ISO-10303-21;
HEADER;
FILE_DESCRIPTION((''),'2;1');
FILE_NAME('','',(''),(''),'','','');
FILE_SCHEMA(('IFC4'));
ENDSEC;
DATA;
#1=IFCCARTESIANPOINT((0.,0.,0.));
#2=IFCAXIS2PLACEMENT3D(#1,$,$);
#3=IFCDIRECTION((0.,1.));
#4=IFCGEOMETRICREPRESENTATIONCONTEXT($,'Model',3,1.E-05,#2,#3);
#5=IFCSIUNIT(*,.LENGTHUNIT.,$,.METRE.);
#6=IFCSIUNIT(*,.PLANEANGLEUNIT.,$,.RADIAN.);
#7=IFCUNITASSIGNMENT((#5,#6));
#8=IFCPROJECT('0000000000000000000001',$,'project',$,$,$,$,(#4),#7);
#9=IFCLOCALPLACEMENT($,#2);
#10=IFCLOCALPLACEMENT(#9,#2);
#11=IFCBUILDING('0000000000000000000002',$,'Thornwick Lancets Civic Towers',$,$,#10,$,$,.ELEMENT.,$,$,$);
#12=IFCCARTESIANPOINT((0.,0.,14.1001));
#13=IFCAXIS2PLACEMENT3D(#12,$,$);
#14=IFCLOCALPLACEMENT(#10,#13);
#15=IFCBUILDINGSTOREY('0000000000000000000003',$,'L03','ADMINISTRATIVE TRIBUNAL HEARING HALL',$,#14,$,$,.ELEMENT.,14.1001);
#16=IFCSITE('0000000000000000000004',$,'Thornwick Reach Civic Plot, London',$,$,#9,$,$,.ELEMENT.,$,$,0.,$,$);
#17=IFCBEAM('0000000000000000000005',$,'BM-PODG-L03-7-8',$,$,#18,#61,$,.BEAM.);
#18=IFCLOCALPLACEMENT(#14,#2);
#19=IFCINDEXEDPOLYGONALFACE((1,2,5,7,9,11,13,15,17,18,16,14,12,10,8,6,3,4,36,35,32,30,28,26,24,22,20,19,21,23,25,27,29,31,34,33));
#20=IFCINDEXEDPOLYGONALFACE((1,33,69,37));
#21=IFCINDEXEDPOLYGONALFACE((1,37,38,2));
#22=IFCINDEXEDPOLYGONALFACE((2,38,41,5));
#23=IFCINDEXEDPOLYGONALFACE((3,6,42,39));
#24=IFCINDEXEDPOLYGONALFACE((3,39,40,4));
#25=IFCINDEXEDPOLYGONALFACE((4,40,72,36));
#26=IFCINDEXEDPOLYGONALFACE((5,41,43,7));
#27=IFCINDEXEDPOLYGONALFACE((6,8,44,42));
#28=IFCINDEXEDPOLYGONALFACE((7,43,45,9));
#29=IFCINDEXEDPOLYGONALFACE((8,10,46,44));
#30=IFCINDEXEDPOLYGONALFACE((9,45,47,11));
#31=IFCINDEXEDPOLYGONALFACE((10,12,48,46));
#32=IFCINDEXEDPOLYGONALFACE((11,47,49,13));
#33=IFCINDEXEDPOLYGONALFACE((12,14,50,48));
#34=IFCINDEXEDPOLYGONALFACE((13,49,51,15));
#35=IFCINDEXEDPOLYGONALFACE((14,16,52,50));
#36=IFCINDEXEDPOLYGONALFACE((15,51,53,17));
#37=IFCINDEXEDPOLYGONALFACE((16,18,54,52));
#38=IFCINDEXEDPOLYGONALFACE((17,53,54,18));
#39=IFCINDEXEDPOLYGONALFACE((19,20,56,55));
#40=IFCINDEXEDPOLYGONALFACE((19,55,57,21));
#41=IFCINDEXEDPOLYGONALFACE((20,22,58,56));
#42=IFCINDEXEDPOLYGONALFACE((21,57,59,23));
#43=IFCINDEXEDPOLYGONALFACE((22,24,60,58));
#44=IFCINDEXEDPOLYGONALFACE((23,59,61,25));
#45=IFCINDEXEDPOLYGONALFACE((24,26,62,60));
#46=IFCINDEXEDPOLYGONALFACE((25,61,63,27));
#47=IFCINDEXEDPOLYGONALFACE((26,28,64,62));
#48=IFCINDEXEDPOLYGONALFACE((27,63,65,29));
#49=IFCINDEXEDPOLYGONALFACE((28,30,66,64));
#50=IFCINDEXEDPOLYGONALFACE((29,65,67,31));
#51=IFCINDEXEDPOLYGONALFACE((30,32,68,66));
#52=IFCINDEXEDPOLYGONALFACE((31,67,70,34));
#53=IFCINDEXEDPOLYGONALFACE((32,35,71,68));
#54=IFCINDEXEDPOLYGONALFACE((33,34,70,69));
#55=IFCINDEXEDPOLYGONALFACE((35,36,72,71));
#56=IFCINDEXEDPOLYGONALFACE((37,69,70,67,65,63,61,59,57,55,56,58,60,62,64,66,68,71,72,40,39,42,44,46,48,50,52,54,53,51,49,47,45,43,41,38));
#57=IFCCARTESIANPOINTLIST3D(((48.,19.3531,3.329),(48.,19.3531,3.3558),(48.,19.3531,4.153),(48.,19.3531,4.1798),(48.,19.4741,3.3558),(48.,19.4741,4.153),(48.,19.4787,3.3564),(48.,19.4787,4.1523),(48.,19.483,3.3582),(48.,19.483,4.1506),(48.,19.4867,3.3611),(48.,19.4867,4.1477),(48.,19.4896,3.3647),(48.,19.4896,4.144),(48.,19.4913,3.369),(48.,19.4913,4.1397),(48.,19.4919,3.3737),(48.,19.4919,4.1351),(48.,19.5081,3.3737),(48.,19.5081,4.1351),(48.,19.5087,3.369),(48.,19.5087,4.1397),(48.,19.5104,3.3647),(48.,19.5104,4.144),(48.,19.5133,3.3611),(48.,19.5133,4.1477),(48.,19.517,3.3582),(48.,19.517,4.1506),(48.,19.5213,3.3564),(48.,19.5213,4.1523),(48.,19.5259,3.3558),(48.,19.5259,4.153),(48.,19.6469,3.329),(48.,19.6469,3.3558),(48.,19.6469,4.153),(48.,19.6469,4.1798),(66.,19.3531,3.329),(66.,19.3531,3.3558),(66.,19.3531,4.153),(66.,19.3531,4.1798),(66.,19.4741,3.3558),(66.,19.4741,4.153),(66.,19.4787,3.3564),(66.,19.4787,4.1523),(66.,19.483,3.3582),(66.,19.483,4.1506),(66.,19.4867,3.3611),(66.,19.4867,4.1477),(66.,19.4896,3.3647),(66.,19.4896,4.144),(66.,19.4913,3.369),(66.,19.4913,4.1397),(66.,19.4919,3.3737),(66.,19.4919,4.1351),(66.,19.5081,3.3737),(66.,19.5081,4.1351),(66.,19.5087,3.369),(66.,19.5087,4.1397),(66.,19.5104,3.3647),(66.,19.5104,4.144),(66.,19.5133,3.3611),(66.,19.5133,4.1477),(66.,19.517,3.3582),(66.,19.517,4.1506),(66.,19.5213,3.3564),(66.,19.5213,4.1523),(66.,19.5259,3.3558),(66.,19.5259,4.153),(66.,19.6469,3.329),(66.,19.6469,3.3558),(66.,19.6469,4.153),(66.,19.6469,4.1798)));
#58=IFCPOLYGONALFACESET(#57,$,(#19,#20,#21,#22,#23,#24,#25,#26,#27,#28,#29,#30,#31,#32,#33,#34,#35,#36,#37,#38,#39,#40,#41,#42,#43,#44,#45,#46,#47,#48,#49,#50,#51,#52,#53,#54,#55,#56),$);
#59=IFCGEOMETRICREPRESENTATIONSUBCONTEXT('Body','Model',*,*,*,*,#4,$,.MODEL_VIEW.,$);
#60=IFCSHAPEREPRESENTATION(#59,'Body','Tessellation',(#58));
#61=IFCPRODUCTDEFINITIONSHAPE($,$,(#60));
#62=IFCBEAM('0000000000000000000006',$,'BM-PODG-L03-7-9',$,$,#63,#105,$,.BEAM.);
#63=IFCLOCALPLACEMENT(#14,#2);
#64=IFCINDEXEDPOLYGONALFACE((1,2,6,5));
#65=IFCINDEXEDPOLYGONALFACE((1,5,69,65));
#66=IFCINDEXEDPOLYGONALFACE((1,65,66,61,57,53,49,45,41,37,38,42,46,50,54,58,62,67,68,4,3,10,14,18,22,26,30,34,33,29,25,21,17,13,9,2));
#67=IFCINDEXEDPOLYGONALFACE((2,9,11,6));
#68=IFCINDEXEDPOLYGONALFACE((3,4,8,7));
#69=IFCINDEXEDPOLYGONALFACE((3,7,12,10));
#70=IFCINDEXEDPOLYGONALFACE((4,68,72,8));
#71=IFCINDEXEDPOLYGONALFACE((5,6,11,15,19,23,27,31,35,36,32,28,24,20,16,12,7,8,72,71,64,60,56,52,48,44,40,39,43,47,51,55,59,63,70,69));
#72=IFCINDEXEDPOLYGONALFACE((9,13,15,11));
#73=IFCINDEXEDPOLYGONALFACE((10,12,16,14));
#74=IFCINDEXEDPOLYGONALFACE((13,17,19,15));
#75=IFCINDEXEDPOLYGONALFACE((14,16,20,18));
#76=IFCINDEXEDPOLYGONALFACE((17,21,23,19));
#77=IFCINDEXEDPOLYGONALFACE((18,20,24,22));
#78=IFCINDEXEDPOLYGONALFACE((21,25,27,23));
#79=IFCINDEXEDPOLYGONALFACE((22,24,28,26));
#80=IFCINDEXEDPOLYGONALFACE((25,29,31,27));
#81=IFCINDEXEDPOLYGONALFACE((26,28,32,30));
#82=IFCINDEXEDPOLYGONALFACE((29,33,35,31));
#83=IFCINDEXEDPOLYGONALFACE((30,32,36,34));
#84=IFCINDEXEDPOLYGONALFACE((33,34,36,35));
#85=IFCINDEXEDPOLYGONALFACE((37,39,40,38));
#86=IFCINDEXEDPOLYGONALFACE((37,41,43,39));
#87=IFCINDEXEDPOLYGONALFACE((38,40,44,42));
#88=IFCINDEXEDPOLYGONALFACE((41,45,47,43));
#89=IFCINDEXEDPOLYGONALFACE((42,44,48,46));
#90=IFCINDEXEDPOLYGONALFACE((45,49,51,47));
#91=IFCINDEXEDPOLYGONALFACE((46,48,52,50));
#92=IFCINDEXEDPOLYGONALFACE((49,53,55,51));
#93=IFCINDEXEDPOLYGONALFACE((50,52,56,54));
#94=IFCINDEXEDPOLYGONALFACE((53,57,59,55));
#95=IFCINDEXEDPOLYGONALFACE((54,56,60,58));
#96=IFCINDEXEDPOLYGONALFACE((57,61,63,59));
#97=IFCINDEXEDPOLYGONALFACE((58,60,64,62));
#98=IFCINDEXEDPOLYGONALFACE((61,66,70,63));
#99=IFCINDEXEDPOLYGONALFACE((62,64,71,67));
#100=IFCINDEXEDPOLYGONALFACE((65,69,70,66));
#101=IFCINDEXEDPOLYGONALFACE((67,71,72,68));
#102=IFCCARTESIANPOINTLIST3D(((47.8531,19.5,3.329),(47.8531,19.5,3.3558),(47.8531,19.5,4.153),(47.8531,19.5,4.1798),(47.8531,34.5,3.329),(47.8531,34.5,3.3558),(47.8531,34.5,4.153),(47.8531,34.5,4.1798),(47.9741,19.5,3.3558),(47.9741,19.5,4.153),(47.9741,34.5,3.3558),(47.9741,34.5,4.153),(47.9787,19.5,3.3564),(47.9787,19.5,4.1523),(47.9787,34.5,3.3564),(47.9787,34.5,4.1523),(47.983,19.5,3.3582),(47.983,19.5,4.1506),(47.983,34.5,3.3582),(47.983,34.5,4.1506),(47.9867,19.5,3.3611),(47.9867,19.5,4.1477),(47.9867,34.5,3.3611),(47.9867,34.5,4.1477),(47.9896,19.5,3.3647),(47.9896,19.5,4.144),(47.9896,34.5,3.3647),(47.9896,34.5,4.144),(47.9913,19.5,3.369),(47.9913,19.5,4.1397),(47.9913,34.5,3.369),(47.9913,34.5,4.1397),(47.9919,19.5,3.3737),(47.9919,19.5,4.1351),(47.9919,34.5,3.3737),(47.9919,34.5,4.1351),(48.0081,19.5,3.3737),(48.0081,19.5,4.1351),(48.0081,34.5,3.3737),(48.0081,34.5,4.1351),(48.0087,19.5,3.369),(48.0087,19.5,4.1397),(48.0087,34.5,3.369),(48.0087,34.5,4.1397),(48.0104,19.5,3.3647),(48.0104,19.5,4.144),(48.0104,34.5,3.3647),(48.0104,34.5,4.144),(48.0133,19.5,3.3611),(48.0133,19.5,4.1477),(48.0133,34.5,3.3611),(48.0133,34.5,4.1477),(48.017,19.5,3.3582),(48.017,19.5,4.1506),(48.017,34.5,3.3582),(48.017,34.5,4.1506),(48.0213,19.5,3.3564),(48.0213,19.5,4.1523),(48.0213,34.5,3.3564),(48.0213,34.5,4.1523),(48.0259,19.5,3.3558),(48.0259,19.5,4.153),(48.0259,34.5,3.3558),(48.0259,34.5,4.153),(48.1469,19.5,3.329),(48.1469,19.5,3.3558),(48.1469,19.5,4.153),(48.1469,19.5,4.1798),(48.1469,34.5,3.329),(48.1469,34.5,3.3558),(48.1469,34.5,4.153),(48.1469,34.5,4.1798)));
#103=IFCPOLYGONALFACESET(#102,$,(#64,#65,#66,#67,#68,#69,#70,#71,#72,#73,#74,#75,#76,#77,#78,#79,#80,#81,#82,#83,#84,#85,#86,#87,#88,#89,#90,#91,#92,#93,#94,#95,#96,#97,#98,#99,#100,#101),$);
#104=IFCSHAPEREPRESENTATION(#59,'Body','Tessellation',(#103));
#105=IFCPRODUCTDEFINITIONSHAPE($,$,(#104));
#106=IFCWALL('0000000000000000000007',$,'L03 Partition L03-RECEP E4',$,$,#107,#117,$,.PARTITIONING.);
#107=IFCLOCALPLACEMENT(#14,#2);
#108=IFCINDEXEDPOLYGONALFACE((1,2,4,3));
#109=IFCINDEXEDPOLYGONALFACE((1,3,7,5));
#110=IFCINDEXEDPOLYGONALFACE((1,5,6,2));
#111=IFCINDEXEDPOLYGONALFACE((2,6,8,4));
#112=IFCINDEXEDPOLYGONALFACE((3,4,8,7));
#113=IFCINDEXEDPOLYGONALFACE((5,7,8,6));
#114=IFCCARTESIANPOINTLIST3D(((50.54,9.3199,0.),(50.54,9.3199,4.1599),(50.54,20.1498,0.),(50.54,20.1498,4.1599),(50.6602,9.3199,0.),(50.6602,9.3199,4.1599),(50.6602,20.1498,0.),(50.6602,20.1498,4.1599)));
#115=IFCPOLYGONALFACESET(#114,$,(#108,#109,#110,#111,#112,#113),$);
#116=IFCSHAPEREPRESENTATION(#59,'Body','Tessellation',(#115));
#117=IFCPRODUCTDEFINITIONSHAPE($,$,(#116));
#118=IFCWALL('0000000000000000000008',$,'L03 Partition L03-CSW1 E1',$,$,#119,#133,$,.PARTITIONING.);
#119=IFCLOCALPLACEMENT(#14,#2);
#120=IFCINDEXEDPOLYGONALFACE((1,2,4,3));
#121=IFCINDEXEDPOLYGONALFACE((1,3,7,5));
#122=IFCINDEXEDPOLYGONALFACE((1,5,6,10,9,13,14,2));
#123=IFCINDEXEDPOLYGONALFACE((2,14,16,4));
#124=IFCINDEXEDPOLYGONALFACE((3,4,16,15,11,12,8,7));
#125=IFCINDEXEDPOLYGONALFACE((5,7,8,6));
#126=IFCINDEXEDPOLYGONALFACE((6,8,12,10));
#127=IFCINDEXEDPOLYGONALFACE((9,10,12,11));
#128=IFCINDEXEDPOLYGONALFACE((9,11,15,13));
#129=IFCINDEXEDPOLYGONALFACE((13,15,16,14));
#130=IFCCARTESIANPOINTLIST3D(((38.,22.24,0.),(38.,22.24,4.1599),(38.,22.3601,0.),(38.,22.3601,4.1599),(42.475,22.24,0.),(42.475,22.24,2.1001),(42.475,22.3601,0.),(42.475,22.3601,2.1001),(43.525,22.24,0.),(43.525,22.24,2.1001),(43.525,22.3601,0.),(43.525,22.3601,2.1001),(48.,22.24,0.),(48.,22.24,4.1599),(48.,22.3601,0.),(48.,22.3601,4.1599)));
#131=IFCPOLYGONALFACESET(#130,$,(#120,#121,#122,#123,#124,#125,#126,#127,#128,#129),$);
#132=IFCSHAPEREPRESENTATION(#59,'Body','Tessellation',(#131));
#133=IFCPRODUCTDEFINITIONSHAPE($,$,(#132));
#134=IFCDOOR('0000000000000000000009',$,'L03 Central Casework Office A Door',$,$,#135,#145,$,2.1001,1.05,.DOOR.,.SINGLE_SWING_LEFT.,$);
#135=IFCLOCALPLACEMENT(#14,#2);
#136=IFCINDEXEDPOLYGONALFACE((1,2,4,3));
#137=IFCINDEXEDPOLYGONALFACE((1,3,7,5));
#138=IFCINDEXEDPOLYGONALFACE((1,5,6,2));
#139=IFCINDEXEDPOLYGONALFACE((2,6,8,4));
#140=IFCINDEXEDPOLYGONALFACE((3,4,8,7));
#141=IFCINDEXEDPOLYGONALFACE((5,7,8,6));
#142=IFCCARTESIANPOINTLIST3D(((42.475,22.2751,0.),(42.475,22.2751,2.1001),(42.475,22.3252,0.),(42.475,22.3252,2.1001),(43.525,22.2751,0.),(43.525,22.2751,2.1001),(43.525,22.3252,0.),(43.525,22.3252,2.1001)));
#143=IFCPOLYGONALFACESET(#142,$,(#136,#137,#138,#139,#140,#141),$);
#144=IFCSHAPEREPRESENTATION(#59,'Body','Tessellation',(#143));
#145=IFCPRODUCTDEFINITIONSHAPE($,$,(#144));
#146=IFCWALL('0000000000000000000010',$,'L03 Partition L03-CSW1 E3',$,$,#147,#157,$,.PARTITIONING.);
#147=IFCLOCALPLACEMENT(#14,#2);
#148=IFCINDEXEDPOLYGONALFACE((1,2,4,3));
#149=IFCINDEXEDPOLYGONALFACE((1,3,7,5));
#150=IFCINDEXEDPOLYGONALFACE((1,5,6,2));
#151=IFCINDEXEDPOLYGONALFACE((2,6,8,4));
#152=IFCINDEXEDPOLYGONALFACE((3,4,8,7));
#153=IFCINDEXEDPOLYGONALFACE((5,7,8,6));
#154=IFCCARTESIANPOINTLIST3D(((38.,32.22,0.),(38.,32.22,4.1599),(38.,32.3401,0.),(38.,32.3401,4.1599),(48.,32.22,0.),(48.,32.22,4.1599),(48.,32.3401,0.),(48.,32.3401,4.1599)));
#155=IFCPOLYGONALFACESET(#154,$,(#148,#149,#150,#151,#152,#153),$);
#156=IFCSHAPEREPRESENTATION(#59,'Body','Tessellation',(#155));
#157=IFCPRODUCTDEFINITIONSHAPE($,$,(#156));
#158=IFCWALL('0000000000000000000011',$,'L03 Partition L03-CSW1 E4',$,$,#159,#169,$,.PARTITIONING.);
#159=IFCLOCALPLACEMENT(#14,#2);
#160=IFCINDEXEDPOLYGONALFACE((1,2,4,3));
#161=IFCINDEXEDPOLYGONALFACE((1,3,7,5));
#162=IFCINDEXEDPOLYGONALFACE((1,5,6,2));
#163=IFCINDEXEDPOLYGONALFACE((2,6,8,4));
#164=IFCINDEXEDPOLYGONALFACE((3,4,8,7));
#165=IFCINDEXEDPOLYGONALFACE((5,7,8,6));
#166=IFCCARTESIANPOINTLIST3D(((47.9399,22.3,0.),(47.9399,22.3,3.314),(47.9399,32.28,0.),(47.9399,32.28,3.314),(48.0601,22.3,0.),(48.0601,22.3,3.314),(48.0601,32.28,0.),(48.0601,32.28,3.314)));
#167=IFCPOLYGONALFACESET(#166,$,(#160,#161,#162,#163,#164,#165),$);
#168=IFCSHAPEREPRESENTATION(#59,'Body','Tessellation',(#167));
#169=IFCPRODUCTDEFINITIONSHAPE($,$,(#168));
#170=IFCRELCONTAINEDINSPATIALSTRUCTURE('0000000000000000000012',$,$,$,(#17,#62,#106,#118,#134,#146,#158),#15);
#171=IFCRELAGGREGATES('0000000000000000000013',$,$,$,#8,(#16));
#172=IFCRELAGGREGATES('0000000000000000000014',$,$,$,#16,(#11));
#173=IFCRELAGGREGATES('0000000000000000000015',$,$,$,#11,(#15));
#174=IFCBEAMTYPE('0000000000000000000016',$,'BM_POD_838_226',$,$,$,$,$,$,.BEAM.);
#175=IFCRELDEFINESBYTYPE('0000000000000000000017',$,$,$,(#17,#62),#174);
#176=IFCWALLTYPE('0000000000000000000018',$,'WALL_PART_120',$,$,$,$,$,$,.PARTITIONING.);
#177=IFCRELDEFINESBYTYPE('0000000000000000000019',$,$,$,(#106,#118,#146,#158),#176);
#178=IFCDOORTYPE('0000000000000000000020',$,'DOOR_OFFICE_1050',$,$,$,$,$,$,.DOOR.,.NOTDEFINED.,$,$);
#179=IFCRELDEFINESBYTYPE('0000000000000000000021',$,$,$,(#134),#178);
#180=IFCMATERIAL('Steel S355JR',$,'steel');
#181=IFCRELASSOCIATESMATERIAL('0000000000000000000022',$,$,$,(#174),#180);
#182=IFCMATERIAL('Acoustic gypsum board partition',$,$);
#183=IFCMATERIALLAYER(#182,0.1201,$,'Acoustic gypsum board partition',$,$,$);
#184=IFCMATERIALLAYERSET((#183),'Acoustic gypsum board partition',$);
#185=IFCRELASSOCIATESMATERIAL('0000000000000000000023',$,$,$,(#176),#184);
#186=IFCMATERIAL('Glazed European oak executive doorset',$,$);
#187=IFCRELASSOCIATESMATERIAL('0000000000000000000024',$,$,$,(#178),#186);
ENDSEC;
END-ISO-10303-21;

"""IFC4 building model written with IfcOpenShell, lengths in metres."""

from ifc_helpers import new_model, si_unit, direction, frame, frame_2d, origin, origin_2d, place, context, subcontext, project, spatial, rectangle, i_section, extrude, material, layer, layer_set, material_profile, profile_set, type_object, element, fill, save


model = new_model("IFC4")

# Units and contexts
model_context = context("Model", 3, precision=1e-05, world=origin(), true_north=direction((0.0, 1.0)))
body_context = subcontext(model_context, "Body", "Model", "MODEL_VIEW")
ifc_project = project(units=[si_unit("LENGTHUNIT", "METRE"), si_unit("PLANEANGLEUNIT", "RADIAN")], contexts=[model_context])

# Site, building, storey
site_placement = place(None, origin())
site = spatial("IfcSite", under=ifc_project, at=site_placement, Name="Thornwick Reach Civic Plot, London", CompositionType="ELEMENT", RefElevation=0.0)
building_placement = place(site_placement, origin())
building = spatial("IfcBuilding", under=site, at=building_placement, Name="Thornwick Lancets Civic Towers", CompositionType="ELEMENT")
storey_placement = place(building_placement, frame((0.0, 0.0, 14.1001)))
storey = spatial("IfcBuildingStorey", under=building, at=storey_placement, Name="L03", Description="ADMINISTRATIVE TRIBUNAL HEARING HALL", CompositionType="ELEMENT", Elevation=14.1001)

# Beams
ifc_material_1 = material(Name="Steel S355JR", Category="steel")
ifc_material_profile_1 = material_profile(ifc_material_1, i_section(OverallWidth=0.2937, OverallDepth=0.8508, WebThickness=0.0161, FlangeThickness=0.0269, FilletRadius=0.0178, at=origin_2d()), Name="UKB 838x292x226")
ifc_profile_set_1 = profile_set([ifc_material_profile_1], Name="Steel S355JR")
beam_type_1 = type_object("IfcBeamType", Name="BM_POD_838_226", PredefinedType="BEAM", material=ifc_profile_set_1)
beam_1_placement = place(storey_placement, frame((48.0, 19.5, 3.7544), z_axis=(1.0, 0.0, 0.0), x_axis=(0.0, 1.0, 0.0)))
element("IfcBeam", 1, at=beam_1_placement, inside=storey, type_object=beam_type_1, Name="BM-PODG-L03-7-8", PredefinedType="BEAM", context=body_context, shape_type="SweptSolid", body=[
    extrude(i_section(OverallWidth=0.2937, OverallDepth=0.8508, WebThickness=0.0161, FlangeThickness=0.0269, FilletRadius=0.0178, at=origin_2d()), origin(), (0.0, 0.0, 1.0), 18.0),
])
beam_2_placement = place(storey_placement, frame((48.0, 19.5, 3.7544), z_axis=(0.0, 1.0, 0.0), x_axis=(-1.0, 0.0, 0.0)))
element("IfcBeam", 2, at=beam_2_placement, inside=storey, type_object=beam_type_1, Name="BM-PODG-L03-7-9", PredefinedType="BEAM", context=body_context, shape_type="SweptSolid", body=[
    extrude(i_section(OverallWidth=0.2937, OverallDepth=0.8508, WebThickness=0.0161, FlangeThickness=0.0269, FilletRadius=0.0178, at=origin_2d()), origin(), (0.0, 0.0, 1.0), 15.0),
])

# Wall
ifc_material_2 = material(Name="Acoustic gypsum board partition")
ifc_layer_1 = layer(ifc_material_2, 0.1201, Name="Acoustic gypsum board partition")
ifc_layer_set_1 = layer_set([ifc_layer_1], Name="Acoustic gypsum board partition")
wall_type_1 = type_object("IfcWallType", Name="WALL_PART_120", PredefinedType="PARTITIONING", material=ifc_layer_set_1)
wall_1_placement = place(storey_placement, frame((50.6001, 20.1499, 0.0), z_axis=(0.0, 0.0, 1.0), x_axis=(0.0, -1.0, 0.0)))
element("IfcWall", 3, at=wall_1_placement, inside=storey, type_object=wall_type_1, Name="L03 Partition L03-RECEP E4", PredefinedType="PARTITIONING", context=body_context, shape_type="SweptSolid", body=[
    extrude(rectangle(XDim=10.8298, YDim=0.1201, at=frame_2d((5.415, 0.0))), origin(), (0.0, 0.0, 1.0), 4.1599),
])

# Wall, opening, door
wall_2_placement = place(storey_placement, frame((48.0, 22.3, 0.0), z_axis=(0.0, 0.0, 1.0), x_axis=(-1.0, 0.0, 0.0)))
wall_2 = element("IfcWall", 4, at=wall_2_placement, inside=storey, type_object=wall_type_1, Name="L03 Partition L03-CSW1 E1", PredefinedType="PARTITIONING", context=body_context, shape_type="SweptSolid", body=[
    extrude(rectangle(XDim=10.0, YDim=0.1201, at=frame_2d((5.0, 0.0))), origin(), (0.0, 0.0, 1.0), 4.1599),
])
opening_1_placement = place(wall_2_placement, frame((4.4751, 0.0, 0.0)))
opening_1 = element("IfcOpeningElement", 5, at=opening_1_placement, cuts=wall_2, PredefinedType="OPENING", context=body_context, shape_type="SweptSolid", body=[
    extrude(rectangle(XDim=1.05, YDim=2.1001, at=frame_2d((0.5249, 1.05))), frame((0.0, 0.0701, 0.0), z_axis=(0.0, -1.0, 0.0), x_axis=(1.0, 0.0, 0.0)), (0.0, 0.0, 1.0), 0.1401),
])
ifc_material_3 = material(Name="Glazed European oak executive doorset")
door_type_1 = type_object("IfcDoorType", Name="DOOR_OFFICE_1050", OperationType="NOTDEFINED", PredefinedType="DOOR", material=ifc_material_3)
door_1_placement = place(opening_1_placement, origin())
door_1 = element("IfcDoor", 6, at=door_1_placement, inside=storey, type_object=door_type_1, Name="L03 Central Casework Office A Door", OperationType="SINGLE_SWING_LEFT", OverallHeight=2.1001, OverallWidth=1.05, PredefinedType="DOOR", context=body_context, shape_type="SweptSolid", body=[
    extrude(rectangle(XDim=1.05, YDim=2.1001, at=frame_2d((0.5249, 1.05))), frame((0.0, 0.0249, 0.0), z_axis=(0.0, -1.0, 0.0), x_axis=(1.0, 0.0, 0.0)), (0.0, 0.0, 1.0), 0.05),
])
fill(opening_1, door_1)

# Walls
wall_3_placement = place(storey_placement, frame((38.0, 32.28, 0.0), z_axis=(0.0, 0.0, 1.0), x_axis=(1.0, 0.0, 0.0)))
element("IfcWall", 7, at=wall_3_placement, inside=storey, type_object=wall_type_1, Name="L03 Partition L03-CSW1 E3", PredefinedType="PARTITIONING", context=body_context, shape_type="SweptSolid", body=[
    extrude(rectangle(XDim=10.0, YDim=0.1201, at=frame_2d((5.0, 0.0))), origin(), (0.0, 0.0, 1.0), 4.1599),
])
wall_4_placement = place(storey_placement, frame((48.0, 32.28, 0.0), z_axis=(0.0, 0.0, 1.0), x_axis=(0.0, -1.0, 0.0)))
element("IfcWall", 8, at=wall_4_placement, inside=storey, type_object=wall_type_1, Name="L03 Partition L03-CSW1 E4", PredefinedType="PARTITIONING", context=body_context, shape_type="SweptSolid", body=[
    extrude(rectangle(XDim=9.98, YDim=0.1201, at=frame_2d((4.99, 0.0))), origin(), (0.0, 0.0, 1.0), 3.314),
])

save(model, "model.ifc")
